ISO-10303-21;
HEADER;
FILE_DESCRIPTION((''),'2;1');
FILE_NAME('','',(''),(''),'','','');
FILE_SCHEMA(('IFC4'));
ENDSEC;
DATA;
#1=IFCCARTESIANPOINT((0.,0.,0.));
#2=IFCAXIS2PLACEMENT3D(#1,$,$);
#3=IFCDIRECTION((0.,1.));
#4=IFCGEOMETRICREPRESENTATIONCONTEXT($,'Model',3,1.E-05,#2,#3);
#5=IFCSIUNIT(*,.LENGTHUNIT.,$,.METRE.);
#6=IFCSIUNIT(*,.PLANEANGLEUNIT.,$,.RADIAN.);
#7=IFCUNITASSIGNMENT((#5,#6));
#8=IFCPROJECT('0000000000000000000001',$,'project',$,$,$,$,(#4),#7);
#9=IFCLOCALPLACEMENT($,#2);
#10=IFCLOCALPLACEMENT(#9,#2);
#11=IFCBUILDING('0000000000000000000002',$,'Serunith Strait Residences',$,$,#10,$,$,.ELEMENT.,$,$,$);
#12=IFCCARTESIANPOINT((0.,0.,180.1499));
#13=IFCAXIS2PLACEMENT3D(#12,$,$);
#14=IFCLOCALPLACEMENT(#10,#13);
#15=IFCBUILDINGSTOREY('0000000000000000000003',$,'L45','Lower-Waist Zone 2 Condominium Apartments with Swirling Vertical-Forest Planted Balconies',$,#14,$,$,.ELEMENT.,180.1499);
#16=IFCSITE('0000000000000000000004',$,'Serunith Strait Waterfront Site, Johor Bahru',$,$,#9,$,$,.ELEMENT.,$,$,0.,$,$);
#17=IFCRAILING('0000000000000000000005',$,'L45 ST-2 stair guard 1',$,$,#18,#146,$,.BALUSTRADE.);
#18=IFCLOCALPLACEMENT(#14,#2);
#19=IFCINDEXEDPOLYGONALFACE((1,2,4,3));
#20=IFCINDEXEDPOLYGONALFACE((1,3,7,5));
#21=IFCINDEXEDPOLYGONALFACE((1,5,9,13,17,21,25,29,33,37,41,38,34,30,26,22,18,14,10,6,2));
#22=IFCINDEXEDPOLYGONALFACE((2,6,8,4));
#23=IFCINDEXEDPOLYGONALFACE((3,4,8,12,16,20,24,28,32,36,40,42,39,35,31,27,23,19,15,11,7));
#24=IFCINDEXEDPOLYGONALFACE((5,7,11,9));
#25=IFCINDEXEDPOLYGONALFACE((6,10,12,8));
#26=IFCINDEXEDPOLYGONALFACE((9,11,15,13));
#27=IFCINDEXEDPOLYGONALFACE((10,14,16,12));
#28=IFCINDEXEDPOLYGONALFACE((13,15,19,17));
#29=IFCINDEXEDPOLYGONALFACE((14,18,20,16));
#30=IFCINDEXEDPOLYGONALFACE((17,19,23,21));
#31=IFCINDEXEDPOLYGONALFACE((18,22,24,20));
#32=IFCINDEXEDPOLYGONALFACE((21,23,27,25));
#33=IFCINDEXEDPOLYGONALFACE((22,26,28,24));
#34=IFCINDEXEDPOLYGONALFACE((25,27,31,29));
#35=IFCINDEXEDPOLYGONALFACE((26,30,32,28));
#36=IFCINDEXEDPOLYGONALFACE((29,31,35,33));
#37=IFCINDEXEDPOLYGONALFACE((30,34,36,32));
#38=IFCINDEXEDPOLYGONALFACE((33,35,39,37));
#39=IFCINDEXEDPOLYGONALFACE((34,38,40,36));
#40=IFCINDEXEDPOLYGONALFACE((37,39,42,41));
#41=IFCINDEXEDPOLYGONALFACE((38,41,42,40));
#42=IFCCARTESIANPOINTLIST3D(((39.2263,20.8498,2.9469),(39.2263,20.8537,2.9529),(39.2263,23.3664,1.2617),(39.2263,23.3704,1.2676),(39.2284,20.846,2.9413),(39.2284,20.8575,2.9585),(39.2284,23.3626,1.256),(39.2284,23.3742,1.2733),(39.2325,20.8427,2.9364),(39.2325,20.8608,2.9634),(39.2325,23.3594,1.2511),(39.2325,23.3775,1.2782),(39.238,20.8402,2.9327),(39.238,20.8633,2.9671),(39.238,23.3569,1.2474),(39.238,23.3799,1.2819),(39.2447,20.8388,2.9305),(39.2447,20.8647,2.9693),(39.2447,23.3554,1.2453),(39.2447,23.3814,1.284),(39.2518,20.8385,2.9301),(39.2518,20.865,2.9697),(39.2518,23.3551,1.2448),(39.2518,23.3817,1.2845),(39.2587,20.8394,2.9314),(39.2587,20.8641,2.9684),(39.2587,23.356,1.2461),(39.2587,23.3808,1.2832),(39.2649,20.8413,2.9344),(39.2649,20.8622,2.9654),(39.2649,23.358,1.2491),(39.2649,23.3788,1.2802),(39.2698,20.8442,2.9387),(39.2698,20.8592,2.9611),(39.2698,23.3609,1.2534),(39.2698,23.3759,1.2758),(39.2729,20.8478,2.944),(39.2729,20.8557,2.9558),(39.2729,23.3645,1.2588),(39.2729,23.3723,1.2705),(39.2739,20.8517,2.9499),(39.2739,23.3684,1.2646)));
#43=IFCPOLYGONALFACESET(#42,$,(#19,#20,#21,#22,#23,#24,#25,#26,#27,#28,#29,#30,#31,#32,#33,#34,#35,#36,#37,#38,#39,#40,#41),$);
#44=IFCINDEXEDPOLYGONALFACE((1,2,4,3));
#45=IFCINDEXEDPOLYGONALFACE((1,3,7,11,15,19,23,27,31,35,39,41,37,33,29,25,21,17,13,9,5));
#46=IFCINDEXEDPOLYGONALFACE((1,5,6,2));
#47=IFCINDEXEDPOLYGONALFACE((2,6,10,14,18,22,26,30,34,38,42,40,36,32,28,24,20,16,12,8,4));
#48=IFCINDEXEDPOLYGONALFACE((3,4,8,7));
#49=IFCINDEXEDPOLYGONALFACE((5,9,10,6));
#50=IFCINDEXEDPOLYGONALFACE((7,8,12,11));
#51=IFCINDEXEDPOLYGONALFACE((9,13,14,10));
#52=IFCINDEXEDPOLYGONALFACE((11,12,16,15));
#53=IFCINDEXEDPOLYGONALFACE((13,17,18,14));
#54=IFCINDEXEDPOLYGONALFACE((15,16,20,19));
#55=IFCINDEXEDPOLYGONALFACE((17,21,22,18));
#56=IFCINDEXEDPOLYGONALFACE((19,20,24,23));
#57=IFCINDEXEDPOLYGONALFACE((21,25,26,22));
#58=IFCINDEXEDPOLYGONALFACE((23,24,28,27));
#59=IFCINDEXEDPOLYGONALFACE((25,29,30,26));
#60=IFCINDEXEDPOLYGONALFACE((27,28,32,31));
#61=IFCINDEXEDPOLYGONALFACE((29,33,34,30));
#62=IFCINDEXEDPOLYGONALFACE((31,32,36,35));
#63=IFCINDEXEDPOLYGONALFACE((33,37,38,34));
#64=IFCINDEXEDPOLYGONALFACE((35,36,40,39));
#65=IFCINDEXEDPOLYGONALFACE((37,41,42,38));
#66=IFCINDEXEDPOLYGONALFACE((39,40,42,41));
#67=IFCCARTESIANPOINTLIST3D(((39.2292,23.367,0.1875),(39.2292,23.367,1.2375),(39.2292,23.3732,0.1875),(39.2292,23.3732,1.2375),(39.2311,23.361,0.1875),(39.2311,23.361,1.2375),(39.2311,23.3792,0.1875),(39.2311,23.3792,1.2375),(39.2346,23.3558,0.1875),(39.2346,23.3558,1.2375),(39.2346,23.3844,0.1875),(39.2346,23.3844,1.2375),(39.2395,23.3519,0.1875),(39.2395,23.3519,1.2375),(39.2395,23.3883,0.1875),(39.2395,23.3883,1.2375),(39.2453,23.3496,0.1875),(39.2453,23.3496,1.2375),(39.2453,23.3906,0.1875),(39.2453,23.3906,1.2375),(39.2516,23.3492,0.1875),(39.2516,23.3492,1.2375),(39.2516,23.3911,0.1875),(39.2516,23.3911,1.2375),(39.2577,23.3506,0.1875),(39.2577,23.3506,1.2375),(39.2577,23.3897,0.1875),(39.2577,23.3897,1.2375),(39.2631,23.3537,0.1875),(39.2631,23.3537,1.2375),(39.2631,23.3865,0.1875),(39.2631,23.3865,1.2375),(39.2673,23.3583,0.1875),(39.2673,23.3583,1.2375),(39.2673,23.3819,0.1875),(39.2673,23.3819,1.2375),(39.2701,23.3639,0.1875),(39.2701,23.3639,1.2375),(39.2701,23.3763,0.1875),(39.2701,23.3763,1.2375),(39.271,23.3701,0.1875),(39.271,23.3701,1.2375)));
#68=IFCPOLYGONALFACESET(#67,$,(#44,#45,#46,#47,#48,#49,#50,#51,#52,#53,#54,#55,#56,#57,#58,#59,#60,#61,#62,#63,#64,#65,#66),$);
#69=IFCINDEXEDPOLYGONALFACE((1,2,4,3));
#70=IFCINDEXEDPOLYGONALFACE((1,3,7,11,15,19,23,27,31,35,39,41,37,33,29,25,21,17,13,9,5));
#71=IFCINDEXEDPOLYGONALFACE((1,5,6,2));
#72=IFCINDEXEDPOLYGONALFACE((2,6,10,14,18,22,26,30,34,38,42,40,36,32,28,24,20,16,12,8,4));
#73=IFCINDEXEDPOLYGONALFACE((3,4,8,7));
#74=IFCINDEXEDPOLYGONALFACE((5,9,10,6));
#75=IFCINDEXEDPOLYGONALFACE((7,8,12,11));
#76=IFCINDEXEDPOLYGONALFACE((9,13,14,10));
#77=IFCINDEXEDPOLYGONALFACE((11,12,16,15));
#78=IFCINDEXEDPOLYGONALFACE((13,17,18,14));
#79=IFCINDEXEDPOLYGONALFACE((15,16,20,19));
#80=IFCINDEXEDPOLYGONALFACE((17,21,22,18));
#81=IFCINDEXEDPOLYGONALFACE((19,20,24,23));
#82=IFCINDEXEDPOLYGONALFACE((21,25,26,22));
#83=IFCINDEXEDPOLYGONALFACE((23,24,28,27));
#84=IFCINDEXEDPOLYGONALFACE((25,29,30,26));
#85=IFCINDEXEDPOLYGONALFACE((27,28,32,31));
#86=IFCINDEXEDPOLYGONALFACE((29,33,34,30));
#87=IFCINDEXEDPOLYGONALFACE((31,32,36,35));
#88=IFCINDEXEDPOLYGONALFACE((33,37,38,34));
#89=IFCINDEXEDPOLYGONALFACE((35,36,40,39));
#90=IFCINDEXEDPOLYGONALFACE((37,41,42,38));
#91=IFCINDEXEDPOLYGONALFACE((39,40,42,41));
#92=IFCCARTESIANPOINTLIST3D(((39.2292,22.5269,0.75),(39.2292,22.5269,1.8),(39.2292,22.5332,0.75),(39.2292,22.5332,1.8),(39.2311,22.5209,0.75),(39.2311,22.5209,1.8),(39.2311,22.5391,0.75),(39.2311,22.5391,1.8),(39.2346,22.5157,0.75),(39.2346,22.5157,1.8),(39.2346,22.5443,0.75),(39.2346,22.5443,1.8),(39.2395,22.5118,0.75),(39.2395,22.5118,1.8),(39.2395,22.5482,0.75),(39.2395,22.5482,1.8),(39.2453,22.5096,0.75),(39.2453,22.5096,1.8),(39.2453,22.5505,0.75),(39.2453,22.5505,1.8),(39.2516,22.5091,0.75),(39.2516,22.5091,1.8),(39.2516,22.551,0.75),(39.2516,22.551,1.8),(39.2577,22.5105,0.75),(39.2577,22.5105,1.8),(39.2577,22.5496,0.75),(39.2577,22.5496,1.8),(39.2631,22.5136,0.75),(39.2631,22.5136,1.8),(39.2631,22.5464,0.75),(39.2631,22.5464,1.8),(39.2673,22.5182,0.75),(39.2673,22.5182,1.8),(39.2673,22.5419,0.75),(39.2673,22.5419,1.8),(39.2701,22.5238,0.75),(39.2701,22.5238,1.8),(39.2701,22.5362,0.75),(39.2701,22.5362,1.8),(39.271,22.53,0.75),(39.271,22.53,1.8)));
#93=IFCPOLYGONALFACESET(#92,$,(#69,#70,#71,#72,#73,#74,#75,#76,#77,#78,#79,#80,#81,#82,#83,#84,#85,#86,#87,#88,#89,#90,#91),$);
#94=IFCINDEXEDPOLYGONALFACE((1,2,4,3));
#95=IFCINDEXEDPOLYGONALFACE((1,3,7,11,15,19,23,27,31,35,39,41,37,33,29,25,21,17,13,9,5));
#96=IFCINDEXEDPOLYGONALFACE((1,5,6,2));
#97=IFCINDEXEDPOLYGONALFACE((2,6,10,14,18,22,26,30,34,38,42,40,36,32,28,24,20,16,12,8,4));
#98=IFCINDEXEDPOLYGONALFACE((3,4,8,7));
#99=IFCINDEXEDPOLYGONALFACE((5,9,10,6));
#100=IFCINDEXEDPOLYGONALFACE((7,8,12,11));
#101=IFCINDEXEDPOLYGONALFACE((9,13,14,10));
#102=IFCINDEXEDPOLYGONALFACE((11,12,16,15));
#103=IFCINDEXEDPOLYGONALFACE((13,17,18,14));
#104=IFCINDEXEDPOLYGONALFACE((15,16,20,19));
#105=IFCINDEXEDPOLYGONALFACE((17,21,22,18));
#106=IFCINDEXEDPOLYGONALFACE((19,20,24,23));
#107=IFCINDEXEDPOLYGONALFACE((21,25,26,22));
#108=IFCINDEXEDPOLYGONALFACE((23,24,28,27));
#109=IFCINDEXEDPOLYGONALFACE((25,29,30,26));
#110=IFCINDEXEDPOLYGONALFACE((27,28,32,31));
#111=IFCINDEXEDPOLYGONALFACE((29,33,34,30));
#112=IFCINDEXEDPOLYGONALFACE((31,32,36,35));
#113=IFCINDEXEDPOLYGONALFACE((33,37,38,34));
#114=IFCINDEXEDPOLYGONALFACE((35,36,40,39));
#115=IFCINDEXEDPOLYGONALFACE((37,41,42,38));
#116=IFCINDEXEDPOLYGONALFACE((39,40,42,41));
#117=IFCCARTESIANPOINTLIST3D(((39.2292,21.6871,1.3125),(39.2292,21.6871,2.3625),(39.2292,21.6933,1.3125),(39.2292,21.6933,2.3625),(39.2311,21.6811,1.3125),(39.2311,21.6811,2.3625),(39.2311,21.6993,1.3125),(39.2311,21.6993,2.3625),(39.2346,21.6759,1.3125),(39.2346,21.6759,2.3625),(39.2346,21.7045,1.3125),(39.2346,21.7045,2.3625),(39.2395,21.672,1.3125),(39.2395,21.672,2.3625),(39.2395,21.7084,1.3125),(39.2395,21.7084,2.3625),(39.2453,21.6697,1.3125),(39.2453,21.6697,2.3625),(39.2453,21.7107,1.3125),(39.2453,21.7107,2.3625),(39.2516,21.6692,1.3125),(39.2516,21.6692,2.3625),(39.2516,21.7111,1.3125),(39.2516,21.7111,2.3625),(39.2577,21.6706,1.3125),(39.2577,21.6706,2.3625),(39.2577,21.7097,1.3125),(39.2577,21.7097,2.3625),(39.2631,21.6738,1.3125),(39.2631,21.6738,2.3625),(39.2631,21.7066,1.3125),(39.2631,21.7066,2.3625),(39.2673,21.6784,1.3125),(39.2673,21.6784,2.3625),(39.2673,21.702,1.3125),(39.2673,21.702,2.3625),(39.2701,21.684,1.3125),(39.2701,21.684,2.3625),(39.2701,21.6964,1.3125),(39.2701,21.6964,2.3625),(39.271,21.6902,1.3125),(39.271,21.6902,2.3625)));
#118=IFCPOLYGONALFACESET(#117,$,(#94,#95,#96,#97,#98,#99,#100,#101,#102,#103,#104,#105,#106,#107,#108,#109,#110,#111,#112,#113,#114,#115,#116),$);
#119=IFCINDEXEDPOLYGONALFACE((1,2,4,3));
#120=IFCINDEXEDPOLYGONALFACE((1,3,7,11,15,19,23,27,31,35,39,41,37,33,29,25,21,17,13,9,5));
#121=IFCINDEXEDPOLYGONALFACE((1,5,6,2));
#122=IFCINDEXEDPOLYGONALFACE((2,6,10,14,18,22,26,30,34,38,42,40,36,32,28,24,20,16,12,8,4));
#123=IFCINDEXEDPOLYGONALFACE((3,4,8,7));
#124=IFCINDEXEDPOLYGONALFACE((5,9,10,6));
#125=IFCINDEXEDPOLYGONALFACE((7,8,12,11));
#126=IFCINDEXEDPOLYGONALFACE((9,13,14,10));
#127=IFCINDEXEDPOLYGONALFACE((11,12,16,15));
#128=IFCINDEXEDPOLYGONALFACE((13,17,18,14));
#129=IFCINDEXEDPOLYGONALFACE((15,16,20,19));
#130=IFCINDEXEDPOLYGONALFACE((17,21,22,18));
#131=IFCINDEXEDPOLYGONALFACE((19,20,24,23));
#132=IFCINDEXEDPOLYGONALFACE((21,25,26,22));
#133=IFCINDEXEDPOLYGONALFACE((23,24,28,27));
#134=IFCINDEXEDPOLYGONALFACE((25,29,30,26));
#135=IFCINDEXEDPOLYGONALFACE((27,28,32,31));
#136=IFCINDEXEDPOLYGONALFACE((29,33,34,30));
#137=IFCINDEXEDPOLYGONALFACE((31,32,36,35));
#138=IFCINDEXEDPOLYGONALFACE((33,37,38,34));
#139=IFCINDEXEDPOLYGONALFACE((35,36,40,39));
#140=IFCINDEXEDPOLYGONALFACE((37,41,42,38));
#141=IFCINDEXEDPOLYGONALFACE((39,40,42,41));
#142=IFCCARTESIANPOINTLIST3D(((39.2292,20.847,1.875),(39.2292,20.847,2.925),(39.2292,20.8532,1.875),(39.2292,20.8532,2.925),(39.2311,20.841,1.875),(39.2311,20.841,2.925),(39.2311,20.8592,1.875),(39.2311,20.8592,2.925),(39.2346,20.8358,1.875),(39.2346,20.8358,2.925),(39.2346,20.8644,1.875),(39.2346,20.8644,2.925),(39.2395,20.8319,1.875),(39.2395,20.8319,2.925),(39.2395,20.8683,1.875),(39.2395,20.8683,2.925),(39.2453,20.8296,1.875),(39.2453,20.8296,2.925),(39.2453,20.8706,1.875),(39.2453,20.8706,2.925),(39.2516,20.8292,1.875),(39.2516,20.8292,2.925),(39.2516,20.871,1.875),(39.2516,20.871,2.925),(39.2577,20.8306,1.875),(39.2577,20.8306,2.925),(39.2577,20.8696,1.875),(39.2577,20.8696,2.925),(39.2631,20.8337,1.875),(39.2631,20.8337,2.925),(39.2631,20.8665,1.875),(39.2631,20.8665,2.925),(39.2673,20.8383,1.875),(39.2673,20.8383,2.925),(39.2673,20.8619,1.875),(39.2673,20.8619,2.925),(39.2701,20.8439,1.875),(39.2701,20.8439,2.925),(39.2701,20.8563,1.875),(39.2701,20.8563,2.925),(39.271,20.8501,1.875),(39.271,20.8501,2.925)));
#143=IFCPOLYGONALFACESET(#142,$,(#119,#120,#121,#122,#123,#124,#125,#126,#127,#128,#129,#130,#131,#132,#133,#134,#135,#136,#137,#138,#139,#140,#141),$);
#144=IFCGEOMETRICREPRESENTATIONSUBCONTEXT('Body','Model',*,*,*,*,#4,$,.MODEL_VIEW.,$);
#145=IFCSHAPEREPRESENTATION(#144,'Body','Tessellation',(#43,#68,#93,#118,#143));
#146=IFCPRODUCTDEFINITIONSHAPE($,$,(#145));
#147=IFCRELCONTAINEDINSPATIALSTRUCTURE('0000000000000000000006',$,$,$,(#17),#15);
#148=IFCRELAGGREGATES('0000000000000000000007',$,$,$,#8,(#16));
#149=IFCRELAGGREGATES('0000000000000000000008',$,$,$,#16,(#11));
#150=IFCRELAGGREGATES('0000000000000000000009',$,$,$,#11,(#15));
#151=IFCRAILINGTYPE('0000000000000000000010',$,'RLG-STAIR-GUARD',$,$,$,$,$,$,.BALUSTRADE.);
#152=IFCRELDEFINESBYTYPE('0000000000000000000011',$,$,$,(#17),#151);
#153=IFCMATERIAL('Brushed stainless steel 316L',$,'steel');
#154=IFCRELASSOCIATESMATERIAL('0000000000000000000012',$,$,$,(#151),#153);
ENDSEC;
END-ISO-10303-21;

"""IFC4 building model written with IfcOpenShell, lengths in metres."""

from ifc_helpers import new_model, si_unit, direction, frame, origin, origin_2d, place, context, subcontext, project, spatial, circle, extrude, material, type_object, element, save


model = new_model("IFC4")

# Units and contexts
model_context = context("Model", 3, precision=1e-05, world=origin(), true_north=direction((0.0, 1.0)))
body_context = subcontext(model_context, "Body", "Model", "MODEL_VIEW")
ifc_project = project(units=[si_unit("LENGTHUNIT", "METRE"), si_unit("PLANEANGLEUNIT", "RADIAN")], contexts=[model_context])

# Site, building, storey
site_placement = place(None, origin())
site = spatial("IfcSite", under=ifc_project, at=site_placement, Name="Serunith Strait Waterfront Site, Johor Bahru", CompositionType="ELEMENT", RefElevation=0.0)
building_placement = place(site_placement, origin())
building = spatial("IfcBuilding", under=site, at=building_placement, Name="Serunith Strait Residences", CompositionType="ELEMENT")
storey_placement = place(building_placement, frame((0.0, 0.0, 180.1499)))
storey = spatial("IfcBuildingStorey", under=building, at=storey_placement, Name="L45", Description="Lower-Waist Zone 2 Condominium Apartments with Swirling Vertical-Forest Planted Balconies", CompositionType="ELEMENT", Elevation=180.1499)

# Railing
ifc_material_1 = material(Name="Brushed stainless steel 316L", Category="steel")
railing_type_1 = type_object("IfcRailingType", Name="RLG-STAIR-GUARD", PredefinedType="BALUSTRADE", material=ifc_material_1)
railing_1_placement = place(storey_placement, frame((39.25, 23.3701, 0.1875)))
element("IfcRailing", 1, at=railing_1_placement, inside=storey, type_object=railing_type_1, Name="L45 ST-2 stair guard 1", PredefinedType="BALUSTRADE", context=body_context, shape_type="SweptSolid", body=[
    extrude(circle(Radius=0.0239, at=origin_2d()), frame((0.0, -0.0017, 1.0771), z_axis=(0.0, -0.830909, 0.556408), x_axis=(1.0, 0.0, 0.0)), (0.0, 0.0, 1.0), 3.0288),
    extrude(circle(Radius=0.021, at=origin_2d()), origin(), (0.0, 0.0, 1.0), 1.05),
    extrude(circle(Radius=0.021, at=origin_2d()), frame((0.0, -0.8401, 0.5625)), (0.0, 0.0, 1.0), 1.05),
    extrude(circle(Radius=0.021, at=origin_2d()), frame((0.0, -1.6799, 1.125)), (0.0, 0.0, 1.0), 1.05),
    extrude(circle(Radius=0.021, at=origin_2d()), frame((0.0, -2.52, 1.6875)), (0.0, 0.0, 1.0), 1.05),
])

save(model, "model.ifc")
